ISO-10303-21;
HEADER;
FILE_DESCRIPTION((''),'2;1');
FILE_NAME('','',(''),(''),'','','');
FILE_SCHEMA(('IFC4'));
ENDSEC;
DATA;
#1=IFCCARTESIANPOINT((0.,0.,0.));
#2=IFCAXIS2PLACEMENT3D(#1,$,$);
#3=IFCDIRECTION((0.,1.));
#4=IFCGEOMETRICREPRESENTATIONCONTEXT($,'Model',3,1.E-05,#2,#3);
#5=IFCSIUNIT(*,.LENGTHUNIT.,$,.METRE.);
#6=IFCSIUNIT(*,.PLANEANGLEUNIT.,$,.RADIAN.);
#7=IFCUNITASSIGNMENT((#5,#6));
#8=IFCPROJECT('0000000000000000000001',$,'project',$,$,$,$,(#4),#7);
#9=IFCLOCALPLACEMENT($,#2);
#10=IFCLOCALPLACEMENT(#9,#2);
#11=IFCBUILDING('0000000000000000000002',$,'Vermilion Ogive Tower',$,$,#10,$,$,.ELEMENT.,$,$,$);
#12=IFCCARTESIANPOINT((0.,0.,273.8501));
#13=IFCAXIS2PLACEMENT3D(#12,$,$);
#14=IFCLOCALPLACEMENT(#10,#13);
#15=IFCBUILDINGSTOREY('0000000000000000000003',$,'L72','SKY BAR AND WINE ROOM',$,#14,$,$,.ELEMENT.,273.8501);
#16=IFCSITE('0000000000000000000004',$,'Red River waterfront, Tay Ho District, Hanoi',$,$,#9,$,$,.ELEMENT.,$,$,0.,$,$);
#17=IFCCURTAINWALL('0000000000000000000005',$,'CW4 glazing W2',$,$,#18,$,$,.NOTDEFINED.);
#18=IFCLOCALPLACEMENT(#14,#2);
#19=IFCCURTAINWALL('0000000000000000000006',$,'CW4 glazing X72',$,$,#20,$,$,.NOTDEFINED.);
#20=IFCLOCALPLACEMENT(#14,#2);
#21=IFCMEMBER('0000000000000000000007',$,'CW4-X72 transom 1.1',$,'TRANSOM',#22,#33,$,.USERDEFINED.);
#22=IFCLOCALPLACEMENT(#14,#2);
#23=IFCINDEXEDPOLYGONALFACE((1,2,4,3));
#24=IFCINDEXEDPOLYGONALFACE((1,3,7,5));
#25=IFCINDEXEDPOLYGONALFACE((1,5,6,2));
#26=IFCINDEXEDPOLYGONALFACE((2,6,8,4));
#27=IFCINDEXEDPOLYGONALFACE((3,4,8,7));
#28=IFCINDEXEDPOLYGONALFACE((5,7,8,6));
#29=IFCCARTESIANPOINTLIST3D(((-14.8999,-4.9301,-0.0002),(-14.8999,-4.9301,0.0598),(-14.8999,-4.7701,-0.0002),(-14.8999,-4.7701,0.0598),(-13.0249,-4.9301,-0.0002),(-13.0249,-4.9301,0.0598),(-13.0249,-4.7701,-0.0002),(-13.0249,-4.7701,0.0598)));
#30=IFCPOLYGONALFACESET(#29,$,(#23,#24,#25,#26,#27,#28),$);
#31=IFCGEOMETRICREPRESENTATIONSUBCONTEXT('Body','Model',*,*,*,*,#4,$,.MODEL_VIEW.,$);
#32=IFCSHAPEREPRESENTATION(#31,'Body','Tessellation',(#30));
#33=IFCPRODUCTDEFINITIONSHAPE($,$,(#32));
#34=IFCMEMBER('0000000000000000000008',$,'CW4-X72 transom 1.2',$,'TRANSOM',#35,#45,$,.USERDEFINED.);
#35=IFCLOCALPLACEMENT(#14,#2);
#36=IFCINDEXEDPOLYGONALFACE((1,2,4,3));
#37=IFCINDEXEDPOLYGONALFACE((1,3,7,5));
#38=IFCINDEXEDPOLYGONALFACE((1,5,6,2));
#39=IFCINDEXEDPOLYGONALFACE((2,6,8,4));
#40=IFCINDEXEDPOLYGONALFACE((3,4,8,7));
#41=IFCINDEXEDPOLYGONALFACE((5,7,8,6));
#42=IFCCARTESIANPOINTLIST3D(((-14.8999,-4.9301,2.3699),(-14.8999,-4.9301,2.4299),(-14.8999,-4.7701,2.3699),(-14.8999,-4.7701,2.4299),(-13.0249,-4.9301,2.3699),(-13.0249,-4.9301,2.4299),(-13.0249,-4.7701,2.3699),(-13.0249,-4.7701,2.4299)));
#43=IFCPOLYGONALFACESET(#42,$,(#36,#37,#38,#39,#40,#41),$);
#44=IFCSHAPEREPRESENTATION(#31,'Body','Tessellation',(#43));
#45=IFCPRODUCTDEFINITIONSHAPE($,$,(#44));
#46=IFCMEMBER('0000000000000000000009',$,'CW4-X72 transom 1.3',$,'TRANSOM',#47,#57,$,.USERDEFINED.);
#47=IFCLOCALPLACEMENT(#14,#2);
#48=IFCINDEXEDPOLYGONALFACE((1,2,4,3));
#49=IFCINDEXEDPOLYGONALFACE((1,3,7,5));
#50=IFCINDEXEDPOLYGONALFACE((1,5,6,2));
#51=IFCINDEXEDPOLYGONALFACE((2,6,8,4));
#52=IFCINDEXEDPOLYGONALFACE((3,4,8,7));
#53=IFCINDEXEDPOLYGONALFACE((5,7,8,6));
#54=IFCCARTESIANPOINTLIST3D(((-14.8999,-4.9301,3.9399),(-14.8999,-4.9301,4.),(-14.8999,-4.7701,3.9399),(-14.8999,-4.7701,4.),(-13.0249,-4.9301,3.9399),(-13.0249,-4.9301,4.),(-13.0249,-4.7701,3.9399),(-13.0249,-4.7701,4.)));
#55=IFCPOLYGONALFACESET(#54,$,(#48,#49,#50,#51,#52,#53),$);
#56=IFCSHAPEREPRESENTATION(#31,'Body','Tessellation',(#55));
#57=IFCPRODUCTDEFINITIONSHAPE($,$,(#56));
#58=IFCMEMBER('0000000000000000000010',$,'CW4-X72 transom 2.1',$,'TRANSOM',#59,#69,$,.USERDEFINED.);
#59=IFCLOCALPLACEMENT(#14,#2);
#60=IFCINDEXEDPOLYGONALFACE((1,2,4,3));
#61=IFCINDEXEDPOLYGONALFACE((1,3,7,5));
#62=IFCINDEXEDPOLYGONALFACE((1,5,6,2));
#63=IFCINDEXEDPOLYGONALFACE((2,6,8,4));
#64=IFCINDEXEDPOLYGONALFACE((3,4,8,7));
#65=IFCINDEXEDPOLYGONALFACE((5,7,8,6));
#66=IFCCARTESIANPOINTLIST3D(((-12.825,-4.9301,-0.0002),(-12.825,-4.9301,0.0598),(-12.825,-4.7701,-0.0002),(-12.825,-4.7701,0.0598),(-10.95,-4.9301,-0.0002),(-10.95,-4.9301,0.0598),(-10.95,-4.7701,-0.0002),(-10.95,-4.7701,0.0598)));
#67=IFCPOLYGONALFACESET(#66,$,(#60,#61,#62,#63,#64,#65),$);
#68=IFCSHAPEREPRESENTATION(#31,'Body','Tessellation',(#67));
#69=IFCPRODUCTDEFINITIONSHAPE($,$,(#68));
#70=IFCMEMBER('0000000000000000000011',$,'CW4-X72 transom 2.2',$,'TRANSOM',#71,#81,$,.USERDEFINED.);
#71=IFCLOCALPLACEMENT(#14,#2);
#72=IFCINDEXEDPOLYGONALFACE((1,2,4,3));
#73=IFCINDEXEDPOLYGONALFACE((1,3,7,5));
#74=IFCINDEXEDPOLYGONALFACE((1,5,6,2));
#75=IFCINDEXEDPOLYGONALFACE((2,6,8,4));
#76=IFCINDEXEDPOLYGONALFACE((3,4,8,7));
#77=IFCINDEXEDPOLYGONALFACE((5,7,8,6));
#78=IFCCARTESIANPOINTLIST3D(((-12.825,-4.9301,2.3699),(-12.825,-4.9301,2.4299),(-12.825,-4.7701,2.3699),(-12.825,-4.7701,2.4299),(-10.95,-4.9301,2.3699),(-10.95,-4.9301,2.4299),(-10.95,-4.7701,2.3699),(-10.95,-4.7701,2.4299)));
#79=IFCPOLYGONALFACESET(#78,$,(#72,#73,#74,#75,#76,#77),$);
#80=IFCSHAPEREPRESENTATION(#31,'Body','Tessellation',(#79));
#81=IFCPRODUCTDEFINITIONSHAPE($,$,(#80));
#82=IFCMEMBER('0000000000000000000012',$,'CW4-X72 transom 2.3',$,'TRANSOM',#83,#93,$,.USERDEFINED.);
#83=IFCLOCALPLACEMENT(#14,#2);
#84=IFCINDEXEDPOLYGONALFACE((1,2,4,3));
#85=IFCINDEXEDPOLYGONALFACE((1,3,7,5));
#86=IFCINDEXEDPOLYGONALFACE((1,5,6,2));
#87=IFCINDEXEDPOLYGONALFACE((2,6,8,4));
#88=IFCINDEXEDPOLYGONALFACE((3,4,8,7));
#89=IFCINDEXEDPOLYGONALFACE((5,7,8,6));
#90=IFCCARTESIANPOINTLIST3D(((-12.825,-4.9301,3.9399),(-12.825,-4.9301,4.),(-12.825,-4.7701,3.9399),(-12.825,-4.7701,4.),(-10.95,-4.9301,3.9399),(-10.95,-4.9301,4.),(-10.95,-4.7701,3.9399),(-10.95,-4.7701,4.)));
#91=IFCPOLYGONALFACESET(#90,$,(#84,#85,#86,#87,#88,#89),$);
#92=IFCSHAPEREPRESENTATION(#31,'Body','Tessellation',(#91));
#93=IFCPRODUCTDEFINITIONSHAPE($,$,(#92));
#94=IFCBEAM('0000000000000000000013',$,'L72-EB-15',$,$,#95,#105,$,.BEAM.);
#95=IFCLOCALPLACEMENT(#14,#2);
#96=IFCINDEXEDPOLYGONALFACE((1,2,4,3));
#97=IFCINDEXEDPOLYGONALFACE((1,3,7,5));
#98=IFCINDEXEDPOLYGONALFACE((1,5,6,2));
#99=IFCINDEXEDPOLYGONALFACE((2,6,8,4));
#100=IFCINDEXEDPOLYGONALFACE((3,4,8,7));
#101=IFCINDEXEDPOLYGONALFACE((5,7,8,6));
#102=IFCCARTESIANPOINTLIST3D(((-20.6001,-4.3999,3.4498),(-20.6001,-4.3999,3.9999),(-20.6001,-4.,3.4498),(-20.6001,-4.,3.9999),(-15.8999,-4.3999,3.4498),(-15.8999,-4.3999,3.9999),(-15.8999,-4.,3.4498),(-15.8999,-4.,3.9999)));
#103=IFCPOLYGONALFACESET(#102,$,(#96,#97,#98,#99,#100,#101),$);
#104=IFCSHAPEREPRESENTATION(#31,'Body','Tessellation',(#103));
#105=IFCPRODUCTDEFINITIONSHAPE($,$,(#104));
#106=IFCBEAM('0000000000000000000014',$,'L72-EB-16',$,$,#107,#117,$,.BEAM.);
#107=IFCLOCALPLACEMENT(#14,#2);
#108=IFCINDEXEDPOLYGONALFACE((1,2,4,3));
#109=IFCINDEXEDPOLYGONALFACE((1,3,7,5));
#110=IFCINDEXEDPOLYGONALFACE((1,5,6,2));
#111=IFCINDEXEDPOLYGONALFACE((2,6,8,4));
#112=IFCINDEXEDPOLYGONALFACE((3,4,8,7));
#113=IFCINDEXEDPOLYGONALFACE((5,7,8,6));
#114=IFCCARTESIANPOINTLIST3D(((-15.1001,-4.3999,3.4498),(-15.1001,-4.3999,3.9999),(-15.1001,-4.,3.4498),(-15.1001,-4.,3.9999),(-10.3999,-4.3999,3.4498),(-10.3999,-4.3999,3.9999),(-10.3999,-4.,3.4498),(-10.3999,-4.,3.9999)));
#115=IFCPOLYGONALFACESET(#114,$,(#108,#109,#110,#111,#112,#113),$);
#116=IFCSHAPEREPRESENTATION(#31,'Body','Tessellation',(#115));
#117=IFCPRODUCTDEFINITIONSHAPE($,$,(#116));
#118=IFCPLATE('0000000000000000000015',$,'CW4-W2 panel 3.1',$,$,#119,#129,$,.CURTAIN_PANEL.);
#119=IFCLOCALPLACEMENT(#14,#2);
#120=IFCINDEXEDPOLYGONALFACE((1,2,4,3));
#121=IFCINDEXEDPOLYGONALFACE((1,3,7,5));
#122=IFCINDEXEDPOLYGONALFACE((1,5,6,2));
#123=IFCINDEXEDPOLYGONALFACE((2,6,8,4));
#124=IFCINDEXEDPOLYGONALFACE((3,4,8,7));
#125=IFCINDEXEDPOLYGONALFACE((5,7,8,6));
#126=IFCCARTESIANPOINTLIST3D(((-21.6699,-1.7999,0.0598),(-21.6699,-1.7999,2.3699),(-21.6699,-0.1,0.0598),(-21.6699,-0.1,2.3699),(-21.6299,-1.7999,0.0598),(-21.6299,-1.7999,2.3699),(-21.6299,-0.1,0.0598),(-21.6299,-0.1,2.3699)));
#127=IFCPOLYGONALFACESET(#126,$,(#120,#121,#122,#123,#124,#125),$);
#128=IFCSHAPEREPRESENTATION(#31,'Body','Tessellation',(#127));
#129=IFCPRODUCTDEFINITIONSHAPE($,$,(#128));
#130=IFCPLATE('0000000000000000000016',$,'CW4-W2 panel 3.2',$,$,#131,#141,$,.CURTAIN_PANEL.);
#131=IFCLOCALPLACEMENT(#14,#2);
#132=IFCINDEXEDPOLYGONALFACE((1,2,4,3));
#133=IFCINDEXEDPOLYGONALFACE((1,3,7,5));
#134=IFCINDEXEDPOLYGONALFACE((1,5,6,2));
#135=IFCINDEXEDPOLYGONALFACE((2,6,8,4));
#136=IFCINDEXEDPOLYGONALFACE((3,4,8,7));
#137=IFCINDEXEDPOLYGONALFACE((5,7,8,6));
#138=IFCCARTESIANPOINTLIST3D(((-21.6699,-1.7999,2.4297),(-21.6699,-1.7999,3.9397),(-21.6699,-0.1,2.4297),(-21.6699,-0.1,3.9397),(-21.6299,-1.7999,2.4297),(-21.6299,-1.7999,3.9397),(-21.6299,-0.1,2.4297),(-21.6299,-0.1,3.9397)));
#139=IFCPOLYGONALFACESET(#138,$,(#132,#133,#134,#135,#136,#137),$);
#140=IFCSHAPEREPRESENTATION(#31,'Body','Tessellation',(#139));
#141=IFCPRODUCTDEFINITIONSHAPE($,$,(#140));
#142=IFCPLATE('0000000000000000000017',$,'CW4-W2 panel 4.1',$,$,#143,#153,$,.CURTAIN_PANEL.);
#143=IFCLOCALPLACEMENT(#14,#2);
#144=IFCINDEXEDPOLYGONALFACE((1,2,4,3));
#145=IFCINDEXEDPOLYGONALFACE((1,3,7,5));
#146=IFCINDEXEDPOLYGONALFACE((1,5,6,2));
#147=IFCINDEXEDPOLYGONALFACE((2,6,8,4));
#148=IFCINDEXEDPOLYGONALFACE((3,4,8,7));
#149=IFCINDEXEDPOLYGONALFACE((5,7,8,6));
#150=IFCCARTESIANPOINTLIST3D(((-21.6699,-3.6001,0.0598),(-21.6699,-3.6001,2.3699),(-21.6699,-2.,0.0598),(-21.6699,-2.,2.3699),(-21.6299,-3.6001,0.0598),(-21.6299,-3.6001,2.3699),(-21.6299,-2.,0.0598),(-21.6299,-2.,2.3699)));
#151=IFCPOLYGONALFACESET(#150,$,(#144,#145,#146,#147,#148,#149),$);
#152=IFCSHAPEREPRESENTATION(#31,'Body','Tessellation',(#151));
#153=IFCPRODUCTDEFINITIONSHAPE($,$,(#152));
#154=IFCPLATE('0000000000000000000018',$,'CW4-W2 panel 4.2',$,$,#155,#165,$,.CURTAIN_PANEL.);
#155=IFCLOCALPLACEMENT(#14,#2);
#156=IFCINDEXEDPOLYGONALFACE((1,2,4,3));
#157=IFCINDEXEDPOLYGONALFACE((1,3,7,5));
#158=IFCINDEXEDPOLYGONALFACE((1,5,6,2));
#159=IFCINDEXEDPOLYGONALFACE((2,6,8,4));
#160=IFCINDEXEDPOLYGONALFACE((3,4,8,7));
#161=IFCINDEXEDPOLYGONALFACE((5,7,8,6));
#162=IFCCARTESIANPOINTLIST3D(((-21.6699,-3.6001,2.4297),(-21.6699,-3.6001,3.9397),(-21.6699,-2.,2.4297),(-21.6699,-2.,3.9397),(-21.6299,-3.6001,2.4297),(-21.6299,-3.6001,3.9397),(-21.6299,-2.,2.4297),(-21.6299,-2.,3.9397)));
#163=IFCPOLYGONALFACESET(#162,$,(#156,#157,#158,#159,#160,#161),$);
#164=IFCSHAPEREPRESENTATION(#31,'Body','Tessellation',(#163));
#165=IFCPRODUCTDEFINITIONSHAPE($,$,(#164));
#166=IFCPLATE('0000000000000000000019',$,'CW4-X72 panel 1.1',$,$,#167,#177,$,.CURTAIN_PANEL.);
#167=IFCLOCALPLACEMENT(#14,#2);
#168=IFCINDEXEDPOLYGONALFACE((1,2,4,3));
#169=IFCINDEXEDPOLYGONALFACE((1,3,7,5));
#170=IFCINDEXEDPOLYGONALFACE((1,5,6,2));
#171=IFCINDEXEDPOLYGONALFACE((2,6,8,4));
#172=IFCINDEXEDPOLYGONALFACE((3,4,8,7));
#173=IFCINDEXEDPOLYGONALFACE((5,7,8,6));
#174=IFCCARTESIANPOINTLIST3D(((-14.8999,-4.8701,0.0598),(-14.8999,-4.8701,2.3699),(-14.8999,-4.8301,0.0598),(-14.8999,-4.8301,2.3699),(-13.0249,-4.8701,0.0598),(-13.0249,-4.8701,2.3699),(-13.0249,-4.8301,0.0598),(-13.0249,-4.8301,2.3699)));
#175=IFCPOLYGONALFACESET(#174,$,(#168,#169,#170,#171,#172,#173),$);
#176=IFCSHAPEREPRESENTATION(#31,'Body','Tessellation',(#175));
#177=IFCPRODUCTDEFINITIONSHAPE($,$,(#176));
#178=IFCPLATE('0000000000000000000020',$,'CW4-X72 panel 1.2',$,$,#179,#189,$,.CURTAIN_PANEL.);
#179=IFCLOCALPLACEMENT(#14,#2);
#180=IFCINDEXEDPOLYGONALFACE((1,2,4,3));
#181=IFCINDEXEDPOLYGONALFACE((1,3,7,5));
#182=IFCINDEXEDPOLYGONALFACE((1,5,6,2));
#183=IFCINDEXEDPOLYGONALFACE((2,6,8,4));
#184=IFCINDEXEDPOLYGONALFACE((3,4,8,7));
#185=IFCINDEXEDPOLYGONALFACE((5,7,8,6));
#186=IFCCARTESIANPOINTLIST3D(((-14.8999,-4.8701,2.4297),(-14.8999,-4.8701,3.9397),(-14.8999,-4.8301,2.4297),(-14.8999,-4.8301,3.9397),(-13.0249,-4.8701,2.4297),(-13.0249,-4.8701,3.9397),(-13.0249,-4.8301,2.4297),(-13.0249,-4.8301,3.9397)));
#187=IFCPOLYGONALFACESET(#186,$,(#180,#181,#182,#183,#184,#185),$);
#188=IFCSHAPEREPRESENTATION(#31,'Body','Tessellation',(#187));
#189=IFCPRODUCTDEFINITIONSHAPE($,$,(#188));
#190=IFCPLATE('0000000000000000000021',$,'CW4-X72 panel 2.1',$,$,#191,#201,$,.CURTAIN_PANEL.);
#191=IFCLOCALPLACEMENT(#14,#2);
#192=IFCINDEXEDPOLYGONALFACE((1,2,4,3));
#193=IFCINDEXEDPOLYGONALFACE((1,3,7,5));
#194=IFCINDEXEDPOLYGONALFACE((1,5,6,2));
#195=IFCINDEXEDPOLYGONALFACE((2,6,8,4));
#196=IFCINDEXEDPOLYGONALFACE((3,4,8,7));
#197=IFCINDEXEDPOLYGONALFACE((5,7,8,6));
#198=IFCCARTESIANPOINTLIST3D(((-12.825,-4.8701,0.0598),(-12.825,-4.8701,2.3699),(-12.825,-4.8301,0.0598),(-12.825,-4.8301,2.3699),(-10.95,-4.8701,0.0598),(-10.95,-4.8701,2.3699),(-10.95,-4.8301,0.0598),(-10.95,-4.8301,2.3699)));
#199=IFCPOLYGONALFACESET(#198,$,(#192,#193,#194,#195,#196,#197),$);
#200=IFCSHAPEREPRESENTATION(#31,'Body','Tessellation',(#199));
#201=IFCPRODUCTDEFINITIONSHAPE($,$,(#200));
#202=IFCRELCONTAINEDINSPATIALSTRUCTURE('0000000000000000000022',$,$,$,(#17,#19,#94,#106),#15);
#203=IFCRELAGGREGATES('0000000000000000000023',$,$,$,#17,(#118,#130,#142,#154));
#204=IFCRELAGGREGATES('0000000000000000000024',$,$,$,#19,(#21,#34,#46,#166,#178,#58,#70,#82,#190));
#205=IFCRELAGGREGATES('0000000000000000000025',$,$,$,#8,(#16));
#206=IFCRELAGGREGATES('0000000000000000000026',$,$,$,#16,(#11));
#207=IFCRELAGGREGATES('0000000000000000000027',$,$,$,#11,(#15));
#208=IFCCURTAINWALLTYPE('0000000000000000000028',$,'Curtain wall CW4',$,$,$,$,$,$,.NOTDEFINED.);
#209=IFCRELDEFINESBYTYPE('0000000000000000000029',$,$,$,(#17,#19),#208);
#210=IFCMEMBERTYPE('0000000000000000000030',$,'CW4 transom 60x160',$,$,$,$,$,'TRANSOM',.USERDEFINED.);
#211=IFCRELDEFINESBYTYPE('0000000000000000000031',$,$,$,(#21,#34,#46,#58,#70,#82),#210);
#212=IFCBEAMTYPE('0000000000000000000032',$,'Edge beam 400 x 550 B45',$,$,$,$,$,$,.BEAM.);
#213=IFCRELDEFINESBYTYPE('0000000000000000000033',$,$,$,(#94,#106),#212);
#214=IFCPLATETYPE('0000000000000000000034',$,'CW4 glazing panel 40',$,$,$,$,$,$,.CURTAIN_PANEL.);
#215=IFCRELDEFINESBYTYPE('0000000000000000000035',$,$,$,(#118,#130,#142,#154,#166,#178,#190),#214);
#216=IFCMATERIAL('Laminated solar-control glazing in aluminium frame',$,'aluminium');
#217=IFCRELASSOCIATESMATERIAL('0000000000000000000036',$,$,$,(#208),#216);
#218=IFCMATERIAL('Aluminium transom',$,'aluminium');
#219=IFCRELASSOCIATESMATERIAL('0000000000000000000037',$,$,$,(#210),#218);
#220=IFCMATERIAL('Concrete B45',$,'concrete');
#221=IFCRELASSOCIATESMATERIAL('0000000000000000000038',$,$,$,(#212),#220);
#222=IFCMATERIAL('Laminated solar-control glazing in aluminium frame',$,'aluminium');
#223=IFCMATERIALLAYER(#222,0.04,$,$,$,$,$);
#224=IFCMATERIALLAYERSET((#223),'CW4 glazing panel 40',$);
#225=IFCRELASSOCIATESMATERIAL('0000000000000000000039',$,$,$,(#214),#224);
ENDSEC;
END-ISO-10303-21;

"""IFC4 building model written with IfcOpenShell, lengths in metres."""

from ifc_helpers import new_model, si_unit, direction, frame, origin, origin_2d, place, context, subcontext, project, spatial, rectangle, extrude, material, layer, layer_set, material_profile, profile_set, type_object, element, aggregate, save


model = new_model("IFC4")

# Units and contexts
model_context = context("Model", 3, precision=1e-05, world=origin(), true_north=direction((0.0, 1.0)))
body_context = subcontext(model_context, "Body", "Model", "MODEL_VIEW")
ifc_project = project(units=[si_unit("LENGTHUNIT", "METRE"), si_unit("PLANEANGLEUNIT", "RADIAN")], contexts=[model_context])

# Site, building, storey
site_placement = place(None, origin())
site = spatial("IfcSite", under=ifc_project, at=site_placement, Name="Red River waterfront, Tay Ho District, Hanoi", CompositionType="ELEMENT", RefElevation=0.0)
building_placement = place(site_placement, origin())
building = spatial("IfcBuilding", under=site, at=building_placement, Name="Vermilion Ogive Tower", CompositionType="ELEMENT")
storey_placement = place(building_placement, frame((0.0, 0.0, 273.8501)))
storey = spatial("IfcBuildingStorey", under=building, at=storey_placement, Name="L72", Description="SKY BAR AND WINE ROOM", CompositionType="ELEMENT", Elevation=273.8501)

# Curtain wall
ifc_material_1 = material(Name="Laminated solar-control glazing in aluminium frame", Category="aluminium")
curtain_wall_type = type_object("IfcCurtainWallType", Name="Curtain wall CW4", PredefinedType="NOTDEFINED", material=ifc_material_1)
curtain_wall_1_placement = place(storey_placement, origin())
curtain_wall_1 = element("IfcCurtainWall", 1, at=curtain_wall_1_placement, inside=storey, type_object=curtain_wall_type, Name="CW4 glazing W2", PredefinedType="NOTDEFINED")

# Curtain wall
curtain_wall_2_placement = place(storey_placement, origin())
curtain_wall_2 = element("IfcCurtainWall", 2, at=curtain_wall_2_placement, inside=storey, type_object=curtain_wall_type, Name="CW4 glazing X72", PredefinedType="NOTDEFINED")

# Members
ifc_material_2 = material(Name="Aluminium transom", Category="aluminium")
ifc_material_profile_1 = material_profile(ifc_material_2, rectangle(XDim=0.1599, YDim=0.0601, at=origin_2d()), Name="AL 60x160")
ifc_profile_set_1 = profile_set([ifc_material_profile_1], Name="Aluminium transom")
member_type_1 = type_object("IfcMemberType", Name="CW4 transom 60x160", ElementType="TRANSOM", PredefinedType="USERDEFINED", material=ifc_profile_set_1)
member_1_placement = place(storey_placement, frame((-14.8999, -4.8501, 0.0298), z_axis=(1.0, 0.0, 0.0), x_axis=(0.0, 1.0, 0.0)))
member_1 = element("IfcMember", 3, at=member_1_placement, type_object=member_type_1, Name="CW4-X72 transom 1.1", ObjectType="TRANSOM", PredefinedType="USERDEFINED", context=body_context, shape_type="SweptSolid", body=[
    extrude(rectangle(XDim=0.1599, YDim=0.0601, at=origin_2d()), origin(), (0.0, 0.0, 1.0), 1.875),
])
member_2_placement = place(storey_placement, frame((-14.8999, -4.8501, 2.3999), z_axis=(1.0, 0.0, 0.0), x_axis=(0.0, 1.0, 0.0)))
member_2 = element("IfcMember", 4, at=member_2_placement, type_object=member_type_1, Name="CW4-X72 transom 1.2", ObjectType="TRANSOM", PredefinedType="USERDEFINED", context=body_context, shape_type="SweptSolid", body=[
    extrude(rectangle(XDim=0.1599, YDim=0.0601, at=origin_2d()), origin(), (0.0, 0.0, 1.0), 1.875),
])
member_3_placement = place(storey_placement, frame((-14.8999, -4.8501, 3.97), z_axis=(1.0, 0.0, 0.0), x_axis=(0.0, 1.0, 0.0)))
member_3 = element("IfcMember", 5, at=member_3_placement, type_object=member_type_1, Name="CW4-X72 transom 1.3", ObjectType="TRANSOM", PredefinedType="USERDEFINED", context=body_context, shape_type="SweptSolid", body=[
    extrude(rectangle(XDim=0.1599, YDim=0.0601, at=origin_2d()), origin(), (0.0, 0.0, 1.0), 1.875),
])
member_4_placement = place(storey_placement, frame((-12.825, -4.8501, 0.0298), z_axis=(1.0, 0.0, 0.0), x_axis=(0.0, 1.0, 0.0)))
member_4 = element("IfcMember", 6, at=member_4_placement, type_object=member_type_1, Name="CW4-X72 transom 2.1", ObjectType="TRANSOM", PredefinedType="USERDEFINED", context=body_context, shape_type="SweptSolid", body=[
    extrude(rectangle(XDim=0.1599, YDim=0.0601, at=origin_2d()), origin(), (0.0, 0.0, 1.0), 1.875),
])
member_5_placement = place(storey_placement, frame((-12.825, -4.8501, 2.3999), z_axis=(1.0, 0.0, 0.0), x_axis=(0.0, 1.0, 0.0)))
member_5 = element("IfcMember", 7, at=member_5_placement, type_object=member_type_1, Name="CW4-X72 transom 2.2", ObjectType="TRANSOM", PredefinedType="USERDEFINED", context=body_context, shape_type="SweptSolid", body=[
    extrude(rectangle(XDim=0.1599, YDim=0.0601, at=origin_2d()), origin(), (0.0, 0.0, 1.0), 1.875),
])
member_6_placement = place(storey_placement, frame((-12.825, -4.8501, 3.97), z_axis=(1.0, 0.0, 0.0), x_axis=(0.0, 1.0, 0.0)))
member_6 = element("IfcMember", 8, at=member_6_placement, type_object=member_type_1, Name="CW4-X72 transom 2.3", ObjectType="TRANSOM", PredefinedType="USERDEFINED", context=body_context, shape_type="SweptSolid", body=[
    extrude(rectangle(XDim=0.1599, YDim=0.0601, at=origin_2d()), origin(), (0.0, 0.0, 1.0), 1.875),
])

# Beams
ifc_material_3 = material(Name="Concrete B45", Category="concrete")
ifc_material_profile_2 = material_profile(ifc_material_3, rectangle(XDim=0.3999, YDim=0.55, at=origin_2d()), Name="400 x 550")
ifc_profile_set_2 = profile_set([ifc_material_profile_2], Name="Concrete B45")
beam_type = type_object("IfcBeamType", Name="Edge beam 400 x 550 B45", PredefinedType="BEAM", material=ifc_profile_set_2)
for number, where, z_axis, x_axis, name in (
    (9, (-20.6001, -4.2, 3.7249), (1.0, 0.0, 0.0), (0.0, 1.0, 0.0), "L72-EB-15"),
    (10, (-15.1001, -4.2, 3.7249), (1.0, 0.0, 0.0), (0.0, 1.0, 0.0), "L72-EB-16"),
):
    element("IfcBeam", number, at=place(storey_placement, frame(where, z_axis=z_axis, x_axis=x_axis)), inside=storey, type_object=beam_type, Name=name, PredefinedType="BEAM", context=body_context, shape_type="SweptSolid", body=[
        extrude(rectangle(XDim=0.3999, YDim=0.55, at=origin_2d()), origin(), (0.0, 0.0, 1.0), 4.7002),
    ])

# Plates
ifc_material_4 = material(Name="Laminated solar-control glazing in aluminium frame", Category="aluminium")
ifc_layer_1 = layer(ifc_material_4, 0.04)
ifc_layer_set_1 = layer_set([ifc_layer_1], Name="CW4 glazing panel 40")
plate_type = type_object("IfcPlateType", Name="CW4 glazing panel 40", PredefinedType="CURTAIN_PANEL", material=ifc_layer_set_1)
plate_1_placement = place(storey_placement, frame((-21.6499, -0.95, 0.0598), z_axis=(0.0, 0.0, 1.0), x_axis=(0.0, -1.0, 0.0)))
plate_1 = element("IfcPlate", 11, at=plate_1_placement, type_object=plate_type, Name="CW4-W2 panel 3.1", PredefinedType="CURTAIN_PANEL", context=body_context, shape_type="SweptSolid", body=[
    extrude(rectangle(XDim=1.7, YDim=0.04, at=origin_2d()), origin(), (0.0, 0.0, 1.0), 2.3101),
])
plate_2_placement = place(storey_placement, frame((-21.6499, -0.95, 2.4297), z_axis=(0.0, 0.0, 1.0), x_axis=(0.0, -1.0, 0.0)))
plate_2 = element("IfcPlate", 12, at=plate_2_placement, type_object=plate_type, Name="CW4-W2 panel 3.2", PredefinedType="CURTAIN_PANEL", context=body_context, shape_type="SweptSolid", body=[
    extrude(rectangle(XDim=1.7, YDim=0.04, at=origin_2d()), origin(), (0.0, 0.0, 1.0), 1.51),
])
plate_3_placement = place(storey_placement, frame((-21.6499, -2.8, 0.0598), z_axis=(0.0, 0.0, 1.0), x_axis=(0.0, -1.0, 0.0)))
plate_3 = element("IfcPlate", 13, at=plate_3_placement, type_object=plate_type, Name="CW4-W2 panel 4.1", PredefinedType="CURTAIN_PANEL", context=body_context, shape_type="SweptSolid", body=[
    extrude(rectangle(XDim=1.6001, YDim=0.04, at=origin_2d()), origin(), (0.0, 0.0, 1.0), 2.3101),
])
plate_4_placement = place(storey_placement, frame((-21.6499, -2.8, 2.4297), z_axis=(0.0, 0.0, 1.0), x_axis=(0.0, -1.0, 0.0)))
plate_4 = element("IfcPlate", 14, at=plate_4_placement, type_object=plate_type, Name="CW4-W2 panel 4.2", PredefinedType="CURTAIN_PANEL", context=body_context, shape_type="SweptSolid", body=[
    extrude(rectangle(XDim=1.6001, YDim=0.04, at=origin_2d()), origin(), (0.0, 0.0, 1.0), 1.51),
])
aggregate(curtain_wall_1, [plate_1, plate_2, plate_3, plate_4])
plate_5_placement = place(storey_placement, frame((-13.9624, -4.8501, 0.0598), z_axis=(0.0, 0.0, 1.0), x_axis=(1.0, 0.0, 0.0)))
plate_5 = element("IfcPlate", 15, at=plate_5_placement, type_object=plate_type, Name="CW4-X72 panel 1.1", PredefinedType="CURTAIN_PANEL", context=body_context, shape_type="SweptSolid", body=[
    extrude(rectangle(XDim=1.875, YDim=0.04, at=origin_2d()), origin(), (0.0, 0.0, 1.0), 2.3101),
])
plate_6_placement = place(storey_placement, frame((-13.9624, -4.8501, 2.4297), z_axis=(0.0, 0.0, 1.0), x_axis=(1.0, 0.0, 0.0)))
plate_6 = element("IfcPlate", 16, at=plate_6_placement, type_object=plate_type, Name="CW4-X72 panel 1.2", PredefinedType="CURTAIN_PANEL", context=body_context, shape_type="SweptSolid", body=[
    extrude(rectangle(XDim=1.875, YDim=0.04, at=origin_2d()), origin(), (0.0, 0.0, 1.0), 1.51),
])
plate_7_placement = place(storey_placement, frame((-11.8875, -4.8501, 0.0598), z_axis=(0.0, 0.0, 1.0), x_axis=(1.0, 0.0, 0.0)))
plate_7 = element("IfcPlate", 17, at=plate_7_placement, type_object=plate_type, Name="CW4-X72 panel 2.1", PredefinedType="CURTAIN_PANEL", context=body_context, shape_type="SweptSolid", body=[
    extrude(rectangle(XDim=1.875, YDim=0.04, at=origin_2d()), origin(), (0.0, 0.0, 1.0), 2.3101),
])
aggregate(curtain_wall_2, [member_1, member_2, member_3, plate_5, plate_6, member_4, member_5, member_6, plate_7])

save(model, "model.ifc")
